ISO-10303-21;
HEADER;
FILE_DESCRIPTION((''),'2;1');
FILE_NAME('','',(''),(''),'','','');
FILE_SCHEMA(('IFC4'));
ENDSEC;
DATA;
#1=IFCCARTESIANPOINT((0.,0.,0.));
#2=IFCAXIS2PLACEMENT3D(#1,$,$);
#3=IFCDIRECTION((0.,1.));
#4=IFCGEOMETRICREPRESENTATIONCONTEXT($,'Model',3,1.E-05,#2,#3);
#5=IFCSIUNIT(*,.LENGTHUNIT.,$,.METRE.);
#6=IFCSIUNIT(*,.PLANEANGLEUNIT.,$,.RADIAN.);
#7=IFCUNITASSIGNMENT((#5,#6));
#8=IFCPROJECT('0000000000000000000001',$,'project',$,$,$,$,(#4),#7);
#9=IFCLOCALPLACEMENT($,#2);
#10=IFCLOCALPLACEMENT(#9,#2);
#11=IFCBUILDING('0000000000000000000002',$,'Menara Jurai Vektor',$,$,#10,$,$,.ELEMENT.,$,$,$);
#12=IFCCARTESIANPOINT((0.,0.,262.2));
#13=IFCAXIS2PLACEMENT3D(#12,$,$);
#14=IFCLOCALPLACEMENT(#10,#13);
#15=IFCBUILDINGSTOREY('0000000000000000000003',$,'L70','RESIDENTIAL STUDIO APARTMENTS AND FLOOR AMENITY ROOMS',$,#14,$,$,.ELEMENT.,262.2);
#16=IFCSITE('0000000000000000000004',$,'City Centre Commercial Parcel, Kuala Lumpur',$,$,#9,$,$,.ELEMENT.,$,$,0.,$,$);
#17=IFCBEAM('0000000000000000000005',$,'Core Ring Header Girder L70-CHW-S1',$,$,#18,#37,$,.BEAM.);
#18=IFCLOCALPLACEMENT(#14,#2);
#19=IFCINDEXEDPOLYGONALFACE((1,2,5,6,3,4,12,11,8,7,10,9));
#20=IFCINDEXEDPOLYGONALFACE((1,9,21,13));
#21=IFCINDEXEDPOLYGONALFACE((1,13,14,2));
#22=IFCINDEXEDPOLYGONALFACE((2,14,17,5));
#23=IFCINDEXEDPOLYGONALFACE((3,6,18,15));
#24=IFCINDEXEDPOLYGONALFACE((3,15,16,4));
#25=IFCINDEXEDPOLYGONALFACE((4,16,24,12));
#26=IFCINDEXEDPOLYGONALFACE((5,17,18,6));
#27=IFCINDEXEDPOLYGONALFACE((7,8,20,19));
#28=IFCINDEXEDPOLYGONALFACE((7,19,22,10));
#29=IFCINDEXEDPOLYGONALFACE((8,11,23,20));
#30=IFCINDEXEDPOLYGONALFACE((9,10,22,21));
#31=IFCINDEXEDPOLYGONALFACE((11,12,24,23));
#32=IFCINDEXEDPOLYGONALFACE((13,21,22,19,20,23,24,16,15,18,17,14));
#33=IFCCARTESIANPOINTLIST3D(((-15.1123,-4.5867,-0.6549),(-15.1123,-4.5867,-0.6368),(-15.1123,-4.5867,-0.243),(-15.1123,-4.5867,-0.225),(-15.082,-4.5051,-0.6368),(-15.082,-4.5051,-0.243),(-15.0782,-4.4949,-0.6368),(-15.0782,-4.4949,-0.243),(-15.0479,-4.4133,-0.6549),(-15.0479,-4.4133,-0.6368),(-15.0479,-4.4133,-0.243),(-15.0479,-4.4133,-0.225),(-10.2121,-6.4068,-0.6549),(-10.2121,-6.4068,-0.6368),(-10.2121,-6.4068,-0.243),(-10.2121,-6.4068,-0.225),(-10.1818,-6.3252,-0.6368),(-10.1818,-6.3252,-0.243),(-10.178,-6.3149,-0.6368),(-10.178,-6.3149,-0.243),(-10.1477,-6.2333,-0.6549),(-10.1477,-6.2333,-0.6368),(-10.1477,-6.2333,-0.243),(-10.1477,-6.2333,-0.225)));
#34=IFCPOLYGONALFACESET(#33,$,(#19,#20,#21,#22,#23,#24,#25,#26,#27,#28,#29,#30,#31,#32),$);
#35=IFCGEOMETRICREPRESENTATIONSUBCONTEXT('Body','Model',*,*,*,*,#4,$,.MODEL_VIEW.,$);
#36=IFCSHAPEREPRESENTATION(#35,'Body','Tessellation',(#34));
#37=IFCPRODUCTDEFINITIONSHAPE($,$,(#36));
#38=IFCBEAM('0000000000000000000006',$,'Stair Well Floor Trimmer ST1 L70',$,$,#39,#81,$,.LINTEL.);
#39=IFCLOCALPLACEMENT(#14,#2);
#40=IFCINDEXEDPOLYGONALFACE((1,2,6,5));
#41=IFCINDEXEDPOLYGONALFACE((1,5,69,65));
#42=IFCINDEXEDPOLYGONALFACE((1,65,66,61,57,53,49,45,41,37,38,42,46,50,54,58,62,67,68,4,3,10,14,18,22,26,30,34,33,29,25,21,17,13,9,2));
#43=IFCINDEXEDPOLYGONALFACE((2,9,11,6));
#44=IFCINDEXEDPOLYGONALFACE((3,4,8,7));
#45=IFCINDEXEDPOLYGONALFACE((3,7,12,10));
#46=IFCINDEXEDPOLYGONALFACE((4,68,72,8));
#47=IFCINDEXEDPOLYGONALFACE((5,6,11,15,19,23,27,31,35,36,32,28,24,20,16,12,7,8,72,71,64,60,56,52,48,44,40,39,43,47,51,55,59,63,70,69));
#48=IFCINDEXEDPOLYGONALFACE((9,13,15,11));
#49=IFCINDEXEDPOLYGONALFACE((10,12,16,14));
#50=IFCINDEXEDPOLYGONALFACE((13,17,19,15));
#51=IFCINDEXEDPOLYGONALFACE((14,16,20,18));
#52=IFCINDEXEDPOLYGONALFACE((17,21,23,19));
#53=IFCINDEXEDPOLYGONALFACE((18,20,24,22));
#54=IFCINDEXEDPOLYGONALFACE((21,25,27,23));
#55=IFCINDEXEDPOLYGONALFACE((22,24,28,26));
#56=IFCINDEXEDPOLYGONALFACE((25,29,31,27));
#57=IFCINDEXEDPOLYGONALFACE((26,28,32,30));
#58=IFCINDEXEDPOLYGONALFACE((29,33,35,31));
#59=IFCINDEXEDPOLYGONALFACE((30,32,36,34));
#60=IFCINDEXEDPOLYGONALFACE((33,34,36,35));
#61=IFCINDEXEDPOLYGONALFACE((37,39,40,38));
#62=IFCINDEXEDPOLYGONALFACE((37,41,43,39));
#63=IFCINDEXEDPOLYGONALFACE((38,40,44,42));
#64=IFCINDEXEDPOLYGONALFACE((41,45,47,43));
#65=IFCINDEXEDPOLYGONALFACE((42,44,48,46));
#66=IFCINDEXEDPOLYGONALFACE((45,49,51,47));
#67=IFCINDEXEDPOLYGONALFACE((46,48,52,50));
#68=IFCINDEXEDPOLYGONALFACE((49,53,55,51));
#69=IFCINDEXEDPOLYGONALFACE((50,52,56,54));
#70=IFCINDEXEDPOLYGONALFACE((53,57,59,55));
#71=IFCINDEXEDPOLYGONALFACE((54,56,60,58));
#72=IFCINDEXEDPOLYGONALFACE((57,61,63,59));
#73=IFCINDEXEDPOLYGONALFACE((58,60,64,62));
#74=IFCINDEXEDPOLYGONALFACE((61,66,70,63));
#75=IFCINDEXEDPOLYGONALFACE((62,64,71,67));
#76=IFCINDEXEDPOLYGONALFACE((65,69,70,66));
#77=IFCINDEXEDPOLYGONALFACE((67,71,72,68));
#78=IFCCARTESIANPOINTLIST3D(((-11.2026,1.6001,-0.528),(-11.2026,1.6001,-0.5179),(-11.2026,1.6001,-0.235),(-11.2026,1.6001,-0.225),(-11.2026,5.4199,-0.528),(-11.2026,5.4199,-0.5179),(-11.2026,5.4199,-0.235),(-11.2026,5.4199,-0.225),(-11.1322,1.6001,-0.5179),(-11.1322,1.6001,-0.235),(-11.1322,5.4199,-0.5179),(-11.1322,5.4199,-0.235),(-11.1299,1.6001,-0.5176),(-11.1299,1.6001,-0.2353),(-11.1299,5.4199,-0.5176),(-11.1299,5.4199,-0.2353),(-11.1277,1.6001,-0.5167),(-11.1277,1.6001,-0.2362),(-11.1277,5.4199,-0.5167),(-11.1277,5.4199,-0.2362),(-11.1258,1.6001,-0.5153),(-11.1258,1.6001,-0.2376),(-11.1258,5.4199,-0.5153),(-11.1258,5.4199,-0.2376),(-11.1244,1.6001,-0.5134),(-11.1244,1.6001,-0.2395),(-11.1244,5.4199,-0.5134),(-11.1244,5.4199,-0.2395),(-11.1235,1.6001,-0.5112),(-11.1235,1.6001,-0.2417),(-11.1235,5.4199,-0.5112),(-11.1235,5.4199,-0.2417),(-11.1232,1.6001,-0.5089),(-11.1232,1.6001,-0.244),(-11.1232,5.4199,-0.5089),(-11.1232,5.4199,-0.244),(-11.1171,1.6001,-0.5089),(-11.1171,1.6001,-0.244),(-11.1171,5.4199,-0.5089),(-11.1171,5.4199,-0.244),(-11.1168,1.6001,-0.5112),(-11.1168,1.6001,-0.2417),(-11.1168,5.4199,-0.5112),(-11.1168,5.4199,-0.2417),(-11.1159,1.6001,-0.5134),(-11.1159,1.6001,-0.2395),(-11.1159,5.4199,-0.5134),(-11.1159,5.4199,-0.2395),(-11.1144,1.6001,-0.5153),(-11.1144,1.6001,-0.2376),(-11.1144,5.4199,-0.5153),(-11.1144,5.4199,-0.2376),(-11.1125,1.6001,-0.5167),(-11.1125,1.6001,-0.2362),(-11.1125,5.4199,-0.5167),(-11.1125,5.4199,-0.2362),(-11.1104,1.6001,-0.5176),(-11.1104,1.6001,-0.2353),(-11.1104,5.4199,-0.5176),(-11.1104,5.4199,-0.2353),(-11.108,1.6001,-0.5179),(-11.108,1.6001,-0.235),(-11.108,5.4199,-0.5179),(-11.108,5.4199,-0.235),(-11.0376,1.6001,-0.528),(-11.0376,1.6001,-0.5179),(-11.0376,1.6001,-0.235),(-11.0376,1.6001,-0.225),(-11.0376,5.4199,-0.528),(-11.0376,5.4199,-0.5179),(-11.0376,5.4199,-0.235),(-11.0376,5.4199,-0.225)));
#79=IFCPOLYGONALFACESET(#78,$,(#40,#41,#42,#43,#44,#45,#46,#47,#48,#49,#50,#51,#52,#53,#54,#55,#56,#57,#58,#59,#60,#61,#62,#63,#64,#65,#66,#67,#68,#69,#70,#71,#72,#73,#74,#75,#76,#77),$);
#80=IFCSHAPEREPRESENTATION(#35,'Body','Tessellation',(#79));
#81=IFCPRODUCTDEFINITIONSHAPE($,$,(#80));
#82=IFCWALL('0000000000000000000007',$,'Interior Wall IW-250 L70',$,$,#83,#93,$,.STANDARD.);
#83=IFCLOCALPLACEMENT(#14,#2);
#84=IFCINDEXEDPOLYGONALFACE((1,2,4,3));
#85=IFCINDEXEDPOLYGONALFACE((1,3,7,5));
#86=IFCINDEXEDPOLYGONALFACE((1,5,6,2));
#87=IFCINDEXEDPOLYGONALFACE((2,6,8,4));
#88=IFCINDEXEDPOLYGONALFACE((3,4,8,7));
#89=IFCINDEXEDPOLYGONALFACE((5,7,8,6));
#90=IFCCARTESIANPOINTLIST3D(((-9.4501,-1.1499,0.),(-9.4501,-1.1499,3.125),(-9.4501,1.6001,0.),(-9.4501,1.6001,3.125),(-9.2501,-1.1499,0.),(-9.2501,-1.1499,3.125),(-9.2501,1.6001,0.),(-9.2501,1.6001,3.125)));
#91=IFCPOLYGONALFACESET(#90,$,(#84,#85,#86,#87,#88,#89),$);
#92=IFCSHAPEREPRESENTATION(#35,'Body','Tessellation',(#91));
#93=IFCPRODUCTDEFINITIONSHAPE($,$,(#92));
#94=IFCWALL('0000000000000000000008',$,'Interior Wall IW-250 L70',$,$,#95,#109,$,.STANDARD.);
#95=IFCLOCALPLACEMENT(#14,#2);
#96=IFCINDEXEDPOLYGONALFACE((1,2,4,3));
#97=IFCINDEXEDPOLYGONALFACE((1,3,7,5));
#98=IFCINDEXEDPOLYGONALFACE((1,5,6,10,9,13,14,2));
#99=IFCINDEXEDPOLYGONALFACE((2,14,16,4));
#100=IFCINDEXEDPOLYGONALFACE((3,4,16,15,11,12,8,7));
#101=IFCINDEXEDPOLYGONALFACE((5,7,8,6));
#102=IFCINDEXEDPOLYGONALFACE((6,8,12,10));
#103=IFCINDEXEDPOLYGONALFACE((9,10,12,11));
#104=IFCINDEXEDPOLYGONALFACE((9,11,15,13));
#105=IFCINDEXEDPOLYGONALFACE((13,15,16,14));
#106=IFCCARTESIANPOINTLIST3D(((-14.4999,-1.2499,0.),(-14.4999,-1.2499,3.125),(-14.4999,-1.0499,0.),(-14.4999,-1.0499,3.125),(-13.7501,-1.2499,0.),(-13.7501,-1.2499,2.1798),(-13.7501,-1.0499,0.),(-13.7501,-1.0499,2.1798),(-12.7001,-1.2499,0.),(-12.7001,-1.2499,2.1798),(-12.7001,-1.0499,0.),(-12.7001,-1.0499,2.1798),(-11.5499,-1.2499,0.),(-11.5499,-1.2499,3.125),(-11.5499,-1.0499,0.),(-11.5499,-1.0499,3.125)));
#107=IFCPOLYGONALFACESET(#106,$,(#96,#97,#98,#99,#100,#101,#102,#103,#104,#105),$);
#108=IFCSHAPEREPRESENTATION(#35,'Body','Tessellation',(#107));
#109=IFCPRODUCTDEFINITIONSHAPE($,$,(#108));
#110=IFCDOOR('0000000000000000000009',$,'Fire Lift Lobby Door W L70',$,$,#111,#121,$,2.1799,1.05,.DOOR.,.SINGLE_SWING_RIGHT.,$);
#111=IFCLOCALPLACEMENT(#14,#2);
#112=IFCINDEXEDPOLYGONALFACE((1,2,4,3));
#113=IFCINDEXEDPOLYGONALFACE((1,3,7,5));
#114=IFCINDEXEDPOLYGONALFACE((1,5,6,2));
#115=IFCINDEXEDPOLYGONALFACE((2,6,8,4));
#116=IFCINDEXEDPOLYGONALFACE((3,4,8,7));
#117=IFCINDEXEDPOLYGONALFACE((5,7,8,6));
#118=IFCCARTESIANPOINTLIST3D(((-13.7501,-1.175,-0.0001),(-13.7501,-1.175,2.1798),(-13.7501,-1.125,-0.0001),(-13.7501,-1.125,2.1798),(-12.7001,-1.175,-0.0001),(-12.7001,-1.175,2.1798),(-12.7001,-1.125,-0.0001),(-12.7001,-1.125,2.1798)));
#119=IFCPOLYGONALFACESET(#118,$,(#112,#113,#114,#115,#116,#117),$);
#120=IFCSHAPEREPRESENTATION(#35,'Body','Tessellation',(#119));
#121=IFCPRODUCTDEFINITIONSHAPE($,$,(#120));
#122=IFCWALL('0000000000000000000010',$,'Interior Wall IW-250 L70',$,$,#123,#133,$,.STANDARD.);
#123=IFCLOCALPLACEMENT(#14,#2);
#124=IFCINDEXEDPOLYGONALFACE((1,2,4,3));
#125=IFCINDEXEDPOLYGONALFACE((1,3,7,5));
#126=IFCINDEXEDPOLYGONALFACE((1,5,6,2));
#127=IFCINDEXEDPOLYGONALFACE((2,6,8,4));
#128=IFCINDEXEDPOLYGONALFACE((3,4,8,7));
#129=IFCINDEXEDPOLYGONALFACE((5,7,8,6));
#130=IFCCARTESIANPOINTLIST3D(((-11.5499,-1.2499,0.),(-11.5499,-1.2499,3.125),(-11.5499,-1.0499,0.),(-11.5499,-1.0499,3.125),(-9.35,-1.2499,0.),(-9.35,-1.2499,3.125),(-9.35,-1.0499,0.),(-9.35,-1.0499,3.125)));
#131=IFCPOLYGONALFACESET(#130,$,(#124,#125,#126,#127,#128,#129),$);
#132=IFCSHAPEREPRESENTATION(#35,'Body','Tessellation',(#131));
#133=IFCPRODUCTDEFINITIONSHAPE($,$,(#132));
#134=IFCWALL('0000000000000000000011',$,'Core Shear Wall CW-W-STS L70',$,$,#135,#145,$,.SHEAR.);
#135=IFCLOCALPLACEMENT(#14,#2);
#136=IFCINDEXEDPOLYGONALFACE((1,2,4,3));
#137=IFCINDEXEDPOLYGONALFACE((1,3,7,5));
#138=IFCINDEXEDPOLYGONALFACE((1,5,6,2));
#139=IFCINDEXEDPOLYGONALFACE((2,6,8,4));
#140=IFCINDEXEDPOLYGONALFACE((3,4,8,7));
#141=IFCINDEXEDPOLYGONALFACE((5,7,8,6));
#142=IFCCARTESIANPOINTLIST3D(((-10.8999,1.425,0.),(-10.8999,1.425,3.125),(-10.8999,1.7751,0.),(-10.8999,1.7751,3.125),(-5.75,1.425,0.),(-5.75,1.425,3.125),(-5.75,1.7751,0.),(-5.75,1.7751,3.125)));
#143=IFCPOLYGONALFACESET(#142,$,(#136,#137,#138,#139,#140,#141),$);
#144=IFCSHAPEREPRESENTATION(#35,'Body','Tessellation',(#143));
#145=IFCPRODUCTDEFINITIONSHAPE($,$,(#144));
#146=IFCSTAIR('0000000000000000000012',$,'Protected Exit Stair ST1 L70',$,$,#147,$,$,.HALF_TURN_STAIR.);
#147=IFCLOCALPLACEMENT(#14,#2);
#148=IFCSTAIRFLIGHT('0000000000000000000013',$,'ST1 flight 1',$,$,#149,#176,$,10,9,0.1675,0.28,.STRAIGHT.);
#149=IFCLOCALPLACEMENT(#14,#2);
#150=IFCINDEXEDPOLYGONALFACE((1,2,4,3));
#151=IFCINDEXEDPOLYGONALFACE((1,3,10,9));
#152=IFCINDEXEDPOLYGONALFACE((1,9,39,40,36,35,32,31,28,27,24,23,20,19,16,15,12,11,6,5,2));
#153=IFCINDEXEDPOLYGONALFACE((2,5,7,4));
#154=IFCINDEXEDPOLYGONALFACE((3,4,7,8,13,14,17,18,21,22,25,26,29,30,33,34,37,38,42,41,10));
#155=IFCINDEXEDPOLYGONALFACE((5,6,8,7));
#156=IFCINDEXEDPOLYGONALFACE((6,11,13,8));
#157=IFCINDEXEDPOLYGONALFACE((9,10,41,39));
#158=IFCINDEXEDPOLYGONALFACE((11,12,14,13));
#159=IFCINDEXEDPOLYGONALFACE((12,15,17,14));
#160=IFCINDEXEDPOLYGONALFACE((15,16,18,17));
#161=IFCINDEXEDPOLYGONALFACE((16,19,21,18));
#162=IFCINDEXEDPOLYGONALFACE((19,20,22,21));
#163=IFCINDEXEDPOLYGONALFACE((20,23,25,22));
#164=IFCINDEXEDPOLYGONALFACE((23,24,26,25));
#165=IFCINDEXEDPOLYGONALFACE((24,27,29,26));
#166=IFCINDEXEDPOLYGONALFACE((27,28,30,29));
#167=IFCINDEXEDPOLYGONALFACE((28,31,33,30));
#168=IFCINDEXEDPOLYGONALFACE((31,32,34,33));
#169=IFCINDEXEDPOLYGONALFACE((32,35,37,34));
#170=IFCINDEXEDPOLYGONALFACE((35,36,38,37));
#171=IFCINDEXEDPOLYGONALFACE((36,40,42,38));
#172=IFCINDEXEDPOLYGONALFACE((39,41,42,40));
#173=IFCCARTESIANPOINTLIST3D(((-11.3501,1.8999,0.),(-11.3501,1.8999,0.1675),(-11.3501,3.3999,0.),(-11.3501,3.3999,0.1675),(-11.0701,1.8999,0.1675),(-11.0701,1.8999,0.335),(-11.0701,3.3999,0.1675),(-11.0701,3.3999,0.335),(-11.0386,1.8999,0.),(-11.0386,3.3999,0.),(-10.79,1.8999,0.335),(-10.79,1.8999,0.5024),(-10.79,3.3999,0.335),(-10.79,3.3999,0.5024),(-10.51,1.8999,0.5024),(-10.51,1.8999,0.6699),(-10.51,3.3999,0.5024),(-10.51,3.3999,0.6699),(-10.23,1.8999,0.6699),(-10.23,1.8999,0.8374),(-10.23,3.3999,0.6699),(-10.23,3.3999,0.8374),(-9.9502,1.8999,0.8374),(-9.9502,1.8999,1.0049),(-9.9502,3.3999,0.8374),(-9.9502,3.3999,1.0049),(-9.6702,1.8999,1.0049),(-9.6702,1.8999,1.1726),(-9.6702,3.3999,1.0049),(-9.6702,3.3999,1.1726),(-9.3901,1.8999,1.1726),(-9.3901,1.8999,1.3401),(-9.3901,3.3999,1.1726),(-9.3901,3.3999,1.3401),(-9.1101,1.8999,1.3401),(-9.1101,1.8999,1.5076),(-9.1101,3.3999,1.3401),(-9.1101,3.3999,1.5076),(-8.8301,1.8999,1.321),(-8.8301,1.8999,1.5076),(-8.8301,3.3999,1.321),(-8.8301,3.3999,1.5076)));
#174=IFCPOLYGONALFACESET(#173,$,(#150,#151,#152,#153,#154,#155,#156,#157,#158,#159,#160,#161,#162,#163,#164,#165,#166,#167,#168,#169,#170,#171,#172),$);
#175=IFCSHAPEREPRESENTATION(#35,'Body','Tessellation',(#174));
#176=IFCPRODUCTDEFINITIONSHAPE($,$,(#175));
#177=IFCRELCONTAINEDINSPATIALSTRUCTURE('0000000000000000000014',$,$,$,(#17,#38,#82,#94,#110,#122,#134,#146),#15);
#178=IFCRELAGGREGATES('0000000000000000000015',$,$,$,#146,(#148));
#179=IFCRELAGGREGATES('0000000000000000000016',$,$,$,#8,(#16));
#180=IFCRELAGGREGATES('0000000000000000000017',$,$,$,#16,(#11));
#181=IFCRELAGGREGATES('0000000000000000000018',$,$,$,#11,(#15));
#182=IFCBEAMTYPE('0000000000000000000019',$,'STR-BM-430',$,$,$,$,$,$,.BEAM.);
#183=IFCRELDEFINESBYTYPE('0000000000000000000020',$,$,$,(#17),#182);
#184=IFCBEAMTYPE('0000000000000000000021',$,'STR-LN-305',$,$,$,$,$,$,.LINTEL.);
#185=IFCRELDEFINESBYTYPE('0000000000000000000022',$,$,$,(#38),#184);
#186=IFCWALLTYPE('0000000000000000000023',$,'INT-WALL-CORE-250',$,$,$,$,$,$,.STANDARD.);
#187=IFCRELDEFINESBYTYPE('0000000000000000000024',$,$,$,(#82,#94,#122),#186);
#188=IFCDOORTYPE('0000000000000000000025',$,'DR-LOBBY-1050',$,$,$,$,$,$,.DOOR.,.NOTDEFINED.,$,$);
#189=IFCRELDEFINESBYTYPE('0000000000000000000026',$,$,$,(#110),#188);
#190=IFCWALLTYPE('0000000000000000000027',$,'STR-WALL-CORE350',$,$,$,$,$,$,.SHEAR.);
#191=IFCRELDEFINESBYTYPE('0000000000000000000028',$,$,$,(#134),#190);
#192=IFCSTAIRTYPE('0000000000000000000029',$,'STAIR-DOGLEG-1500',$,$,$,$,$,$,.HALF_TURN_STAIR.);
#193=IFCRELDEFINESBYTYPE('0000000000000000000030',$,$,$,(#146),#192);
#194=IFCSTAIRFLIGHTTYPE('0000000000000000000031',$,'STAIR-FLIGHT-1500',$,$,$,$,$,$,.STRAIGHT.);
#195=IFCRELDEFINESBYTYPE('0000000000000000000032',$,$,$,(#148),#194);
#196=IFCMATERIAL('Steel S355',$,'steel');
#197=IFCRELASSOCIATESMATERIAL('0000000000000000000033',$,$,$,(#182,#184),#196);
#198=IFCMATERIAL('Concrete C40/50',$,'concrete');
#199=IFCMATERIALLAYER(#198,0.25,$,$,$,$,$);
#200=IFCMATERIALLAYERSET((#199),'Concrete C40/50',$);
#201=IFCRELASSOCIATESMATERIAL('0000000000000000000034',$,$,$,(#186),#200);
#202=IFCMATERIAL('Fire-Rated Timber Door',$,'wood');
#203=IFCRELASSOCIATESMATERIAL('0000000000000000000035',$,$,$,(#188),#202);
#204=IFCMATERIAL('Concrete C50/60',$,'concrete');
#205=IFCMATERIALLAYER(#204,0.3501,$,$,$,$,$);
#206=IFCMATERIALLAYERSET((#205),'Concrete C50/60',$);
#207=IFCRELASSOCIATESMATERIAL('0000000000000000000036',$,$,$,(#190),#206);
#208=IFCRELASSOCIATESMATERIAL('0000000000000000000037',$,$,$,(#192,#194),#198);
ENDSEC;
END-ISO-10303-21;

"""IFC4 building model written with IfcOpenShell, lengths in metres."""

from ifc_helpers import new_model, si_unit, direction, frame, frame_2d, origin, origin_2d, place, context, subcontext, project, spatial, polyline, rectangle, i_section, outline, extrude, material, layer, layer_set, material_profile, profile_set, type_object, element, fill, aggregate, save


model = new_model("IFC4")

# Units and contexts
model_context = context("Model", 3, precision=1e-05, world=origin(), true_north=direction((0.0, 1.0)))
body_context = subcontext(model_context, "Body", "Model", "MODEL_VIEW")
ifc_project = project(units=[si_unit("LENGTHUNIT", "METRE"), si_unit("PLANEANGLEUNIT", "RADIAN")], contexts=[model_context])

# Site, building, storey
site_placement = place(None, origin())
site = spatial("IfcSite", under=ifc_project, at=site_placement, Name="City Centre Commercial Parcel, Kuala Lumpur", CompositionType="ELEMENT", RefElevation=0.0)
building_placement = place(site_placement, origin())
building = spatial("IfcBuilding", under=site, at=building_placement, Name="Menara Jurai Vektor", CompositionType="ELEMENT")
storey_placement = place(building_placement, frame((0.0, 0.0, 262.2)))
storey = spatial("IfcBuildingStorey", under=building, at=storey_placement, Name="L70", Description="RESIDENTIAL STUDIO APARTMENTS AND FLOOR AMENITY ROOMS", CompositionType="ELEMENT", Elevation=262.2)

# Beams
ifc_material_1 = material(Name="Steel S355", Category="steel")
ifc_material_profile_1 = material_profile(ifc_material_1, i_section(OverallWidth=0.1851, OverallDepth=0.4299, WebThickness=0.011, FlangeThickness=0.0181, at=origin_2d()), Name="PG 430x185x76")
ifc_profile_set_1 = profile_set([ifc_material_profile_1], Name="Steel S355")
beam_type_1 = type_object("IfcBeamType", Name="STR-BM-430", PredefinedType="BEAM", material=ifc_profile_set_1)
beam_1_placement = place(storey_placement, frame((-15.0801, -4.5, -0.4399), z_axis=(0.937424, -0.348189, 0.0), x_axis=(0.348189, 0.937424, 0.0)))
element("IfcBeam", 1, at=beam_1_placement, inside=storey, type_object=beam_type_1, Name="Core Ring Header Girder L70-CHW-S1", PredefinedType="BEAM", context=body_context, shape_type="SweptSolid", body=[
    extrude(i_section(OverallWidth=0.1851, OverallDepth=0.4299, WebThickness=0.011, FlangeThickness=0.0181, at=origin_2d()), origin(), (0.0, 0.0, 1.0), 5.2273),
])
ifc_material_profile_2 = material_profile(ifc_material_1, i_section(OverallWidth=0.165, OverallDepth=0.303, WebThickness=0.0061, FlangeThickness=0.01, FilletRadius=0.009, at=origin_2d()), Name="UKB 305x165x40")
ifc_profile_set_2 = profile_set([ifc_material_profile_2], Name="Steel S355")
beam_type_2 = type_object("IfcBeamType", Name="STR-LN-305", PredefinedType="LINTEL", material=ifc_profile_set_2)
beam_2_placement = place(storey_placement, frame((-11.1201, 1.6001, -0.3765), z_axis=(0.0, 1.0, 0.0), x_axis=(-1.0, 0.0, 0.0)))
element("IfcBeam", 2, at=beam_2_placement, inside=storey, type_object=beam_type_2, Name="Stair Well Floor Trimmer ST1 L70", PredefinedType="LINTEL", context=body_context, shape_type="SweptSolid", body=[
    extrude(i_section(OverallWidth=0.165, OverallDepth=0.303, WebThickness=0.0061, FlangeThickness=0.01, FilletRadius=0.009, at=origin_2d()), origin(), (0.0, 0.0, 1.0), 3.8198),
])

# Shared definitions
ifc_material_2 = material(Name="Concrete C40/50", Category="concrete")
ifc_layer_1 = layer(ifc_material_2, 0.25)
ifc_layer_set_1 = layer_set([ifc_layer_1], Name="Concrete C40/50")
wall_type_1 = type_object("IfcWallType", Name="INT-WALL-CORE-250", PredefinedType="STANDARD", material=ifc_layer_set_1)

# Wall
wall_1_placement = place(storey_placement, frame((-9.3501, -1.1499, 0.0), z_axis=(0.0, 0.0, 1.0), x_axis=(0.0, 1.0, 0.0)))
element("IfcWall", 3, at=wall_1_placement, inside=storey, type_object=wall_type_1, Name="Interior Wall IW-250 L70", PredefinedType="STANDARD", context=body_context, shape_type="SweptSolid", body=[
    extrude(rectangle(XDim=2.75, YDim=0.2, at=frame_2d((1.375, 0.0))), origin(), (0.0, 0.0, 1.0), 3.125),
])

# Wall, opening, door
wall_2_placement = place(storey_placement, frame((-14.5, -1.1499, 0.0), z_axis=(0.0, 0.0, 1.0), x_axis=(1.0, 0.0, 0.0)))
wall_2 = element("IfcWall", 4, at=wall_2_placement, inside=storey, type_object=wall_type_1, Name="Interior Wall IW-250 L70", PredefinedType="STANDARD", context=body_context, shape_type="SweptSolid", body=[
    extrude(rectangle(XDim=2.95, YDim=0.2, at=frame_2d((1.4751, 0.0))), origin(), (0.0, 0.0, 1.0), 3.125),
])
opening_1_placement = place(wall_2_placement, frame((0.75, 0.0, 0.0)))
opening_1 = element("IfcOpeningElement", 5, at=opening_1_placement, cuts=wall_2, PredefinedType="OPENING", context=body_context, shape_type="SweptSolid", body=[
    extrude(rectangle(XDim=1.05, YDim=2.1799, at=frame_2d((0.5249, 1.0898))), frame((0.0, 0.1099, 0.0), z_axis=(0.0, -1.0, 0.0), x_axis=(1.0, 0.0, 0.0)), (0.0, 0.0, 1.0), 0.22),
])
ifc_material_3 = material(Name="Fire-Rated Timber Door", Category="wood")
door_type_1 = type_object("IfcDoorType", Name="DR-LOBBY-1050", OperationType="NOTDEFINED", PredefinedType="DOOR", material=ifc_material_3)
door_1_placement = place(opening_1_placement, origin())
door_1 = element("IfcDoor", 6, at=door_1_placement, inside=storey, type_object=door_type_1, Name="Fire Lift Lobby Door W L70", OperationType="SINGLE_SWING_RIGHT", OverallHeight=2.1799, OverallWidth=1.05, PredefinedType="DOOR", context=body_context, shape_type="SweptSolid", body=[
    extrude(rectangle(XDim=1.05, YDim=2.1799, at=frame_2d((0.5249, 1.0898))), frame((0.0, 0.0249, 0.0), z_axis=(0.0, -1.0, 0.0), x_axis=(1.0, 0.0, 0.0)), (0.0, 0.0, 1.0), 0.05),
])
fill(opening_1, door_1)

# Wall
wall_3_placement = place(storey_placement, frame((-11.55, -1.1499, 0.0), z_axis=(0.0, 0.0, 1.0), x_axis=(1.0, 0.0, 0.0)))
element("IfcWall", 7, at=wall_3_placement, inside=storey, type_object=wall_type_1, Name="Interior Wall IW-250 L70", PredefinedType="STANDARD", context=body_context, shape_type="SweptSolid", body=[
    extrude(rectangle(XDim=2.2, YDim=0.2, at=frame_2d((1.1001, 0.0))), origin(), (0.0, 0.0, 1.0), 3.125),
])

# Wall
ifc_material_4 = material(Name="Concrete C50/60", Category="concrete")
ifc_layer_2 = layer(ifc_material_4, 0.3501)
ifc_layer_set_2 = layer_set([ifc_layer_2], Name="Concrete C50/60")
wall_type_2 = type_object("IfcWallType", Name="STR-WALL-CORE350", PredefinedType="SHEAR", material=ifc_layer_set_2)
wall_4_placement = place(storey_placement, frame((-10.8999, 1.6001, 0.0), z_axis=(0.0, 0.0, 1.0), x_axis=(1.0, 0.0, 0.0)))
element("IfcWall", 8, at=wall_4_placement, inside=storey, type_object=wall_type_2, Name="Core Shear Wall CW-W-STS L70", PredefinedType="SHEAR", context=body_context, shape_type="SweptSolid", body=[
    extrude(rectangle(XDim=5.1499, YDim=0.3501, at=frame_2d((2.575, 0.0))), origin(), (0.0, 0.0, 1.0), 3.125),
])

# Stair, stair flight
stair_type = type_object("IfcStairType", Name="STAIR-DOGLEG-1500", PredefinedType="HALF_TURN_STAIR", material=ifc_material_2)
stair_placement = place(storey_placement, origin())
stair = element("IfcStair", 9, at=stair_placement, inside=storey, type_object=stair_type, Name="Protected Exit Stair ST1 L70", PredefinedType="HALF_TURN_STAIR")
stair_flight_type = type_object("IfcStairFlightType", Name="STAIR-FLIGHT-1500", PredefinedType="STRAIGHT", material=ifc_material_2)
stair_flight_placement = place(storey_placement, frame((-11.3501, 2.6499, 0.0), z_axis=(0.0, 0.0, 1.0), x_axis=(1.0, 0.0, 0.0)))
stair_flight = element("IfcStairFlight", 10, at=stair_flight_placement, type_object=stair_flight_type, Name="ST1 flight 1", NumberOfRisers=10, NumberOfTreads=9, PredefinedType="STRAIGHT", RiserHeight=0.1675, TreadLength=0.28, context=body_context, shape_type="SweptSolid", body=[
    extrude(outline(polyline([(0.0, 0.0), (0.0, 0.1675), (0.28, 0.1675), (0.28, 0.335), (0.5601, 0.335), (0.5601, 0.5024), (0.8401, 0.5024), (0.8401, 0.6699), (1.1201, 0.6699), (1.1201, 0.8374), (1.3999, 0.8374), (1.3999, 1.0049), (1.6799, 1.0049), (1.6799, 1.1726), (1.96, 1.1726), (1.96, 1.3401), (2.24, 1.3401), (2.24, 1.5076), (2.52, 1.5076), (2.52, 1.675), (2.52, 1.321), (0.3115, 0.0), (0.0, 0.0)])), frame((0.0, 0.75, 0.0), z_axis=(0.0, -1.0, 0.0), x_axis=(1.0, 0.0, 0.0)), (0.0, 0.0, 1.0), 1.5),
])
aggregate(stair, [stair_flight])

save(model, "model.ifc")
